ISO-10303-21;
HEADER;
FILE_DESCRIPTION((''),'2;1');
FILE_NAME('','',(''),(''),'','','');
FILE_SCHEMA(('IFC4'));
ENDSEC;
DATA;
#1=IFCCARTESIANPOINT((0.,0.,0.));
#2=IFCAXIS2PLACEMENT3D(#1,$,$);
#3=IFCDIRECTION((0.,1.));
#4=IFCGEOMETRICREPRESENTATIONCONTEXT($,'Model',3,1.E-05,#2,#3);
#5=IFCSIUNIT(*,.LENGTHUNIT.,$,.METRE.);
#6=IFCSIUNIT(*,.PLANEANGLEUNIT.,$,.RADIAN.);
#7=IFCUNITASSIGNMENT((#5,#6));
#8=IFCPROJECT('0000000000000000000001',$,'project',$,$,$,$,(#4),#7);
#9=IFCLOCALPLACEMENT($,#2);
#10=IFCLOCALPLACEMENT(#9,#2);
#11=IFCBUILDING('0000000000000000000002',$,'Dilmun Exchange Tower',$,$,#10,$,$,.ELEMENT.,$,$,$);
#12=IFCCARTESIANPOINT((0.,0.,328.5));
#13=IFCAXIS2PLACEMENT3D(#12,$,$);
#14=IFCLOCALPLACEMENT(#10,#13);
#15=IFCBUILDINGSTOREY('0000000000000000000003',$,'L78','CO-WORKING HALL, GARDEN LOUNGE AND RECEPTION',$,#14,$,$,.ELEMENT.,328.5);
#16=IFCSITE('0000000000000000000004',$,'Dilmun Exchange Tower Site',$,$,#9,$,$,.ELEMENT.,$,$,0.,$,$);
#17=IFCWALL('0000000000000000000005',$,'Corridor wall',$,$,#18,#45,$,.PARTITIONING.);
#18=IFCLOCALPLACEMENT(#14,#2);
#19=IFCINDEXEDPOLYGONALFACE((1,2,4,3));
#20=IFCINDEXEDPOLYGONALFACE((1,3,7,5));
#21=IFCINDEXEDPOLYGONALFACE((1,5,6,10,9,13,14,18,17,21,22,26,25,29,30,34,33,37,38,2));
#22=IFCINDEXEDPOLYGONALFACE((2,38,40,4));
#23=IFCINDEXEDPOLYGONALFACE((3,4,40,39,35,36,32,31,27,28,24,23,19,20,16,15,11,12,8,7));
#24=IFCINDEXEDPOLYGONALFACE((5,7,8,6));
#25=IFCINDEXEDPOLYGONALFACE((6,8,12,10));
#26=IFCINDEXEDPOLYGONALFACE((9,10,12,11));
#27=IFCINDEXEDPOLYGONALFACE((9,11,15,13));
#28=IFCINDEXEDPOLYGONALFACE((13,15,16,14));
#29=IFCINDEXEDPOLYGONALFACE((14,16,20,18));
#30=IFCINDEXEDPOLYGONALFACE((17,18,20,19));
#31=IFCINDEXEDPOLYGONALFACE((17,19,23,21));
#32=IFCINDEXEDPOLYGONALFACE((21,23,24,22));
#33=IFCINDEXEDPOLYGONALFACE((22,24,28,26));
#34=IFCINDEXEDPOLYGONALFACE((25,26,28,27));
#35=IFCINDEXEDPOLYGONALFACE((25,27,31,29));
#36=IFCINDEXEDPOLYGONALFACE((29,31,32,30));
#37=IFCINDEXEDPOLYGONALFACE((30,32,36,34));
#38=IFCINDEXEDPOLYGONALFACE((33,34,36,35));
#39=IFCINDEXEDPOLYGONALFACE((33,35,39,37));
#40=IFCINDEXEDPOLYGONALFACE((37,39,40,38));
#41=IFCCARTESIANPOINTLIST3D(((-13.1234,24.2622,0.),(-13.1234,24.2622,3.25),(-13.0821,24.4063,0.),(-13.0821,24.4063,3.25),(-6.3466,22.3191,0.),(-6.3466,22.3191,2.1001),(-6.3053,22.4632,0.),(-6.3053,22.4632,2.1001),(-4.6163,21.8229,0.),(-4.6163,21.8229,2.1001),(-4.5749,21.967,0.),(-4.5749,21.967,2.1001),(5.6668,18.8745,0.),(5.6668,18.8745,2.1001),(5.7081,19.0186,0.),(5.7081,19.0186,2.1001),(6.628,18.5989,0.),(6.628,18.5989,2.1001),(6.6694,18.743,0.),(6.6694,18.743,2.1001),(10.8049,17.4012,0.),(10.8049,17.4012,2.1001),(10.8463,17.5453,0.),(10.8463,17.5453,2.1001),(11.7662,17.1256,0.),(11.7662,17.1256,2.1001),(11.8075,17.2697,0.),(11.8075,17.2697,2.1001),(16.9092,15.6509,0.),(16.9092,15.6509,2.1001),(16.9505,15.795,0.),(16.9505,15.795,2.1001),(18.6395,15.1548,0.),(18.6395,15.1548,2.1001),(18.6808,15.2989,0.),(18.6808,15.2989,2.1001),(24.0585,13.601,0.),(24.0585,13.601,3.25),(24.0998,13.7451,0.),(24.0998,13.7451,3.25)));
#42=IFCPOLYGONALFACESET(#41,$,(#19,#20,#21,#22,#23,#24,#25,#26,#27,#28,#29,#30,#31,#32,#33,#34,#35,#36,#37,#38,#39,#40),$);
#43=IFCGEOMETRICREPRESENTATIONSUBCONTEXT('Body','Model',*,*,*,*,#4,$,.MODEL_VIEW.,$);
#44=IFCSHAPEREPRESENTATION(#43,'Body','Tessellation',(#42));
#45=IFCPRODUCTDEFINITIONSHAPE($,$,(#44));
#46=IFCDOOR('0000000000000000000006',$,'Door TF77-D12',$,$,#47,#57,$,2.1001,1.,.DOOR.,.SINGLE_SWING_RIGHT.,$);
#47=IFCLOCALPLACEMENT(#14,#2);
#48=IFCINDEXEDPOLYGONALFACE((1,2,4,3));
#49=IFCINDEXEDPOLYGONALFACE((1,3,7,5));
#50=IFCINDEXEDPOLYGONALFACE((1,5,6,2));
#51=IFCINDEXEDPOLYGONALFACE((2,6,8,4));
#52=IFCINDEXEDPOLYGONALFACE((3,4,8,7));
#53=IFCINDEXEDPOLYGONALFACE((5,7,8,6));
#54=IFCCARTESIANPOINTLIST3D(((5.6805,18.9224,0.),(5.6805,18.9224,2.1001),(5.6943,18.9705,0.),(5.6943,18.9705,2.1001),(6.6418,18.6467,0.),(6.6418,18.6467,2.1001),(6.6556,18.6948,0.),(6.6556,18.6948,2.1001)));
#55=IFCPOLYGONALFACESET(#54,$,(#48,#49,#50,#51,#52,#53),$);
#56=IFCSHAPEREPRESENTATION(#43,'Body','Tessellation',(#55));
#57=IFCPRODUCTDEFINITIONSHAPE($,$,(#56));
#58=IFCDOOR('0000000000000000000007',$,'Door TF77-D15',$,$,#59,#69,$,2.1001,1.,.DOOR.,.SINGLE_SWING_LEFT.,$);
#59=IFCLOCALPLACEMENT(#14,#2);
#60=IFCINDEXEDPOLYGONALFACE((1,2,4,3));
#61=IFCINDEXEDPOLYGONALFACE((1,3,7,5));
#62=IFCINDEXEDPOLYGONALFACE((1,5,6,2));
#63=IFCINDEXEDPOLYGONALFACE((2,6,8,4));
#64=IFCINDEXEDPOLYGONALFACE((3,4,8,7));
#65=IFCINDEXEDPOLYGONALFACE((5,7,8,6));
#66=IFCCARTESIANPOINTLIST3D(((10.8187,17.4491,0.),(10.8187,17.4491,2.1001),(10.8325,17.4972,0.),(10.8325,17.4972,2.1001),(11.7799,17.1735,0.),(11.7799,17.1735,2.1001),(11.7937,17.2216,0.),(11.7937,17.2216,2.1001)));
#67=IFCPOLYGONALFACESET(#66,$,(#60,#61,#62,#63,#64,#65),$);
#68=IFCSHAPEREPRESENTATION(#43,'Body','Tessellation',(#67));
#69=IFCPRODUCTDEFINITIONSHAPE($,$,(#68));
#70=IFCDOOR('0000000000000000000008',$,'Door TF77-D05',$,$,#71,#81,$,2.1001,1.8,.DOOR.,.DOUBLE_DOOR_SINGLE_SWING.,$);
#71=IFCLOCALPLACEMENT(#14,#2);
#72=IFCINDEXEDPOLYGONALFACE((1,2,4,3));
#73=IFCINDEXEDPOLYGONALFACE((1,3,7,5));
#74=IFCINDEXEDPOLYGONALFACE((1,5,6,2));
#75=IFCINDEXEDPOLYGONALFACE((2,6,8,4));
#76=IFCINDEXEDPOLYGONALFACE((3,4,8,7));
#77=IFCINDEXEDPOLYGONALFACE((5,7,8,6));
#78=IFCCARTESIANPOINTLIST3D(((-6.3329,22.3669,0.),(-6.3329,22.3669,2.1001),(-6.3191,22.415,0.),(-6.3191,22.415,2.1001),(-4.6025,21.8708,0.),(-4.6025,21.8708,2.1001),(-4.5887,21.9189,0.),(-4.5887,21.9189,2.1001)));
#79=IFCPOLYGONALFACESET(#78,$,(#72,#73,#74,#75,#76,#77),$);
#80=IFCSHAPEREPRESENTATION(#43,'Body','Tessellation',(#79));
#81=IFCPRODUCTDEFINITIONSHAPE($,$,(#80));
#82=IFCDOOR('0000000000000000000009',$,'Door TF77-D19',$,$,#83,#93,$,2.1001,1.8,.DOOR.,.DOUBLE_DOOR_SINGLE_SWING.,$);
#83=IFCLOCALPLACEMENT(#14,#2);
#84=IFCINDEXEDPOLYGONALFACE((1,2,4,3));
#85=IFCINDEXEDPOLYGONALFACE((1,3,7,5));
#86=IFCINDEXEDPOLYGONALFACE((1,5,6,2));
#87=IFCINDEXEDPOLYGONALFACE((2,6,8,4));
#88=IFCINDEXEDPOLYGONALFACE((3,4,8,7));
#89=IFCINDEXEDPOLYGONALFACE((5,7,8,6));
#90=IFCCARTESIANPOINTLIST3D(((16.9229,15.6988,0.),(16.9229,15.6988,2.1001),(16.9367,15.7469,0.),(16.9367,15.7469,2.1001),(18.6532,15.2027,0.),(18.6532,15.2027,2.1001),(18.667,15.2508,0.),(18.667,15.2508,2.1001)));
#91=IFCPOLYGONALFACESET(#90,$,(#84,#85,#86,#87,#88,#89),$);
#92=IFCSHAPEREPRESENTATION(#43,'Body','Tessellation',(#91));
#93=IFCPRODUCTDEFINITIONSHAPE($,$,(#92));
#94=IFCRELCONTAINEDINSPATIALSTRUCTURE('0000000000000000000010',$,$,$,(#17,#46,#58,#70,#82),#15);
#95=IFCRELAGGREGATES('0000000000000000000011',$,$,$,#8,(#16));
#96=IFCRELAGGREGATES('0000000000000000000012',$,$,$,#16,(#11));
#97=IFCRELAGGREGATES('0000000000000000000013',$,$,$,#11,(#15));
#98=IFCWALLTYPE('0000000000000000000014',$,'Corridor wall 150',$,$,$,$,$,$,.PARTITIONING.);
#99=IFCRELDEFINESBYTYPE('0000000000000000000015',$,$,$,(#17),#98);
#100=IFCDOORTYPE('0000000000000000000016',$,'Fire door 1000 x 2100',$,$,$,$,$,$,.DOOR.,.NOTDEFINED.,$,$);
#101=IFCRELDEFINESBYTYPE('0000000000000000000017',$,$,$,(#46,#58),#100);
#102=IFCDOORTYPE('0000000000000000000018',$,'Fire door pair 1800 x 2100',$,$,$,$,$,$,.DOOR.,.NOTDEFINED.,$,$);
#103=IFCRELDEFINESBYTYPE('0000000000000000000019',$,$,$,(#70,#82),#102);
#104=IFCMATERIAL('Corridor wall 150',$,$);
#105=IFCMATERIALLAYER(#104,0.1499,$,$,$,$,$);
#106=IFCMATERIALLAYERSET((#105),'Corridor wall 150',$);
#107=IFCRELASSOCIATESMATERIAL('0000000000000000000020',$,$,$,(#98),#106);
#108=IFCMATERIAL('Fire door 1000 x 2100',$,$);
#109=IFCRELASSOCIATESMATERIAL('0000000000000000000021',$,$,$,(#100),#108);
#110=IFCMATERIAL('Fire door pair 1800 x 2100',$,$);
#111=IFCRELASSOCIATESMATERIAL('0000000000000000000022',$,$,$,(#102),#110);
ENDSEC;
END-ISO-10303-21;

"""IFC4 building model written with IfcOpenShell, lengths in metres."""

from ifc_helpers import new_model, si_unit, direction, frame, frame_2d, origin, place, context, subcontext, project, spatial, rectangle, extrude, material, layer, layer_set, type_object, element, fill, save


model = new_model("IFC4")

# Units and contexts
model_context = context("Model", 3, precision=1e-05, world=origin(), true_north=direction((0.0, 1.0)))
body_context = subcontext(model_context, "Body", "Model", "MODEL_VIEW")
ifc_project = project(units=[si_unit("LENGTHUNIT", "METRE"), si_unit("PLANEANGLEUNIT", "RADIAN")], contexts=[model_context])

# Site, building, storey
site_placement = place(None, origin())
site = spatial("IfcSite", under=ifc_project, at=site_placement, Name="Dilmun Exchange Tower Site", CompositionType="ELEMENT", RefElevation=0.0)
building_placement = place(site_placement, origin())
building = spatial("IfcBuilding", under=site, at=building_placement, Name="Dilmun Exchange Tower", CompositionType="ELEMENT")
storey_placement = place(building_placement, frame((0.0, 0.0, 328.5)))
storey = spatial("IfcBuildingStorey", under=building, at=storey_placement, Name="L78", Description="CO-WORKING HALL, GARDEN LOUNGE AND RECEPTION", CompositionType="ELEMENT", Elevation=328.5)

# Shared definitions
ifc_material_1 = material(Name="Corridor wall 150")
ifc_layer = layer(ifc_material_1, 0.1499)
ifc_layer_set = layer_set([ifc_layer], Name="Corridor wall 150")
wall_type = type_object("IfcWallType", Name="Corridor wall 150", PredefinedType="PARTITIONING", material=ifc_layer_set)

# Wall, openings, doors
wall_1_placement = place(storey_placement, frame((-13.1028, 24.3342, 0.0), z_axis=(0.0, 0.0, 1.0), x_axis=(0.961266, -0.275623, 0.0)))
wall_1 = element("IfcWall", 1, at=wall_1_placement, inside=storey, type_object=wall_type, Name="Corridor wall", PredefinedType="PARTITIONING", context=body_context, shape_type="SweptSolid", body=[
    extrude(rectangle(XDim=38.6802, YDim=0.1499, at=frame_2d((19.3401, 0.0))), origin(), (0.0, 0.0, 1.0), 3.25),
])
opening_1_placement = place(wall_1_placement, frame((7.05, 0.0, 0.0)))
opening_1 = element("IfcOpeningElement", 2, at=opening_1_placement, cuts=wall_1, PredefinedType="OPENING", context=body_context, shape_type="SweptSolid", body=[
    extrude(rectangle(XDim=1.8, YDim=2.1001, at=frame_2d((0.8999, 1.05))), frame((0.0, 0.085, 0.0), z_axis=(0.0, -1.0, 0.0), x_axis=(1.0, 0.0, 0.0)), (0.0, 0.0, 1.0), 0.1699),
])
opening_2_placement = place(wall_1_placement, frame((19.5474, 0.0, 0.0)))
opening_2 = element("IfcOpeningElement", 3, at=opening_2_placement, cuts=wall_1, PredefinedType="OPENING", context=body_context, shape_type="SweptSolid", body=[
    extrude(rectangle(XDim=1.0, YDim=2.1001, at=frame_2d((0.5, 1.05))), frame((0.0, 0.085, 0.0), z_axis=(0.0, -1.0, 0.0), x_axis=(1.0, 0.0, 0.0)), (0.0, 0.0, 1.0), 0.1699),
])
opening_3_placement = place(wall_1_placement, frame((24.8926, 0.0, 0.0)))
opening_3 = element("IfcOpeningElement", 4, at=opening_3_placement, cuts=wall_1, PredefinedType="OPENING", context=body_context, shape_type="SweptSolid", body=[
    extrude(rectangle(XDim=1.0, YDim=2.1001, at=frame_2d((0.5, 1.05))), frame((0.0, 0.085, 0.0), z_axis=(0.0, -1.0, 0.0), x_axis=(1.0, 0.0, 0.0)), (0.0, 0.0, 1.0), 0.1699),
])
opening_4_placement = place(wall_1_placement, frame((31.2429, 0.0, 0.0)))
opening_4 = element("IfcOpeningElement", 5, at=opening_4_placement, cuts=wall_1, PredefinedType="OPENING", context=body_context, shape_type="SweptSolid", body=[
    extrude(rectangle(XDim=1.8, YDim=2.1001, at=frame_2d((0.8999, 1.05))), frame((0.0, 0.085, 0.0), z_axis=(0.0, -1.0, 0.0), x_axis=(1.0, 0.0, 0.0)), (0.0, 0.0, 1.0), 0.1699),
])
ifc_material_2 = material(Name="Fire door 1000 x 2100")
door_type_1 = type_object("IfcDoorType", Name="Fire door 1000 x 2100", OperationType="NOTDEFINED", PredefinedType="DOOR", material=ifc_material_2)
door_1_placement = place(opening_2_placement, origin())
door_1 = element("IfcDoor", 6, at=door_1_placement, inside=storey, type_object=door_type_1, Name="Door TF77-D12", OperationType="SINGLE_SWING_RIGHT", OverallHeight=2.1001, OverallWidth=1.0, PredefinedType="DOOR", context=body_context, shape_type="SweptSolid", body=[
    extrude(rectangle(XDim=1.0, YDim=2.1001, at=frame_2d((0.5, 1.05))), frame((0.0, 0.0249, 0.0), z_axis=(0.0, -1.0, 0.0), x_axis=(1.0, 0.0, 0.0)), (0.0, 0.0, 1.0), 0.05),
])
fill(opening_2, door_1)
door_2_placement = place(opening_3_placement, origin())
door_2 = element("IfcDoor", 7, at=door_2_placement, inside=storey, type_object=door_type_1, Name="Door TF77-D15", OperationType="SINGLE_SWING_LEFT", OverallHeight=2.1001, OverallWidth=1.0, PredefinedType="DOOR", context=body_context, shape_type="SweptSolid", body=[
    extrude(rectangle(XDim=1.0, YDim=2.1001, at=frame_2d((0.5, 1.05))), frame((0.0, 0.0249, 0.0), z_axis=(0.0, -1.0, 0.0), x_axis=(1.0, 0.0, 0.0)), (0.0, 0.0, 1.0), 0.05),
])
fill(opening_3, door_2)
ifc_material_3 = material(Name="Fire door pair 1800 x 2100")
door_type_2 = type_object("IfcDoorType", Name="Fire door pair 1800 x 2100", OperationType="NOTDEFINED", PredefinedType="DOOR", material=ifc_material_3)
door_3_placement = place(opening_1_placement, origin())
door_3 = element("IfcDoor", 8, at=door_3_placement, inside=storey, type_object=door_type_2, Name="Door TF77-D05", OperationType="DOUBLE_DOOR_SINGLE_SWING", OverallHeight=2.1001, OverallWidth=1.8, PredefinedType="DOOR", context=body_context, shape_type="SweptSolid", body=[
    extrude(rectangle(XDim=1.8, YDim=2.1001, at=frame_2d((0.8999, 1.05))), frame((0.0, 0.0249, 0.0), z_axis=(0.0, -1.0, 0.0), x_axis=(1.0, 0.0, 0.0)), (0.0, 0.0, 1.0), 0.05),
])
fill(opening_1, door_3)
door_4_placement = place(opening_4_placement, origin())
door_4 = element("IfcDoor", 9, at=door_4_placement, inside=storey, type_object=door_type_2, Name="Door TF77-D19", OperationType="DOUBLE_DOOR_SINGLE_SWING", OverallHeight=2.1001, OverallWidth=1.8, PredefinedType="DOOR", context=body_context, shape_type="SweptSolid", body=[
    extrude(rectangle(XDim=1.8, YDim=2.1001, at=frame_2d((0.8999, 1.05))), frame((0.0, 0.0249, 0.0), z_axis=(0.0, -1.0, 0.0), x_axis=(1.0, 0.0, 0.0)), (0.0, 0.0, 1.0), 0.05),
])
fill(opening_4, door_4)

save(model, "model.ifc")
